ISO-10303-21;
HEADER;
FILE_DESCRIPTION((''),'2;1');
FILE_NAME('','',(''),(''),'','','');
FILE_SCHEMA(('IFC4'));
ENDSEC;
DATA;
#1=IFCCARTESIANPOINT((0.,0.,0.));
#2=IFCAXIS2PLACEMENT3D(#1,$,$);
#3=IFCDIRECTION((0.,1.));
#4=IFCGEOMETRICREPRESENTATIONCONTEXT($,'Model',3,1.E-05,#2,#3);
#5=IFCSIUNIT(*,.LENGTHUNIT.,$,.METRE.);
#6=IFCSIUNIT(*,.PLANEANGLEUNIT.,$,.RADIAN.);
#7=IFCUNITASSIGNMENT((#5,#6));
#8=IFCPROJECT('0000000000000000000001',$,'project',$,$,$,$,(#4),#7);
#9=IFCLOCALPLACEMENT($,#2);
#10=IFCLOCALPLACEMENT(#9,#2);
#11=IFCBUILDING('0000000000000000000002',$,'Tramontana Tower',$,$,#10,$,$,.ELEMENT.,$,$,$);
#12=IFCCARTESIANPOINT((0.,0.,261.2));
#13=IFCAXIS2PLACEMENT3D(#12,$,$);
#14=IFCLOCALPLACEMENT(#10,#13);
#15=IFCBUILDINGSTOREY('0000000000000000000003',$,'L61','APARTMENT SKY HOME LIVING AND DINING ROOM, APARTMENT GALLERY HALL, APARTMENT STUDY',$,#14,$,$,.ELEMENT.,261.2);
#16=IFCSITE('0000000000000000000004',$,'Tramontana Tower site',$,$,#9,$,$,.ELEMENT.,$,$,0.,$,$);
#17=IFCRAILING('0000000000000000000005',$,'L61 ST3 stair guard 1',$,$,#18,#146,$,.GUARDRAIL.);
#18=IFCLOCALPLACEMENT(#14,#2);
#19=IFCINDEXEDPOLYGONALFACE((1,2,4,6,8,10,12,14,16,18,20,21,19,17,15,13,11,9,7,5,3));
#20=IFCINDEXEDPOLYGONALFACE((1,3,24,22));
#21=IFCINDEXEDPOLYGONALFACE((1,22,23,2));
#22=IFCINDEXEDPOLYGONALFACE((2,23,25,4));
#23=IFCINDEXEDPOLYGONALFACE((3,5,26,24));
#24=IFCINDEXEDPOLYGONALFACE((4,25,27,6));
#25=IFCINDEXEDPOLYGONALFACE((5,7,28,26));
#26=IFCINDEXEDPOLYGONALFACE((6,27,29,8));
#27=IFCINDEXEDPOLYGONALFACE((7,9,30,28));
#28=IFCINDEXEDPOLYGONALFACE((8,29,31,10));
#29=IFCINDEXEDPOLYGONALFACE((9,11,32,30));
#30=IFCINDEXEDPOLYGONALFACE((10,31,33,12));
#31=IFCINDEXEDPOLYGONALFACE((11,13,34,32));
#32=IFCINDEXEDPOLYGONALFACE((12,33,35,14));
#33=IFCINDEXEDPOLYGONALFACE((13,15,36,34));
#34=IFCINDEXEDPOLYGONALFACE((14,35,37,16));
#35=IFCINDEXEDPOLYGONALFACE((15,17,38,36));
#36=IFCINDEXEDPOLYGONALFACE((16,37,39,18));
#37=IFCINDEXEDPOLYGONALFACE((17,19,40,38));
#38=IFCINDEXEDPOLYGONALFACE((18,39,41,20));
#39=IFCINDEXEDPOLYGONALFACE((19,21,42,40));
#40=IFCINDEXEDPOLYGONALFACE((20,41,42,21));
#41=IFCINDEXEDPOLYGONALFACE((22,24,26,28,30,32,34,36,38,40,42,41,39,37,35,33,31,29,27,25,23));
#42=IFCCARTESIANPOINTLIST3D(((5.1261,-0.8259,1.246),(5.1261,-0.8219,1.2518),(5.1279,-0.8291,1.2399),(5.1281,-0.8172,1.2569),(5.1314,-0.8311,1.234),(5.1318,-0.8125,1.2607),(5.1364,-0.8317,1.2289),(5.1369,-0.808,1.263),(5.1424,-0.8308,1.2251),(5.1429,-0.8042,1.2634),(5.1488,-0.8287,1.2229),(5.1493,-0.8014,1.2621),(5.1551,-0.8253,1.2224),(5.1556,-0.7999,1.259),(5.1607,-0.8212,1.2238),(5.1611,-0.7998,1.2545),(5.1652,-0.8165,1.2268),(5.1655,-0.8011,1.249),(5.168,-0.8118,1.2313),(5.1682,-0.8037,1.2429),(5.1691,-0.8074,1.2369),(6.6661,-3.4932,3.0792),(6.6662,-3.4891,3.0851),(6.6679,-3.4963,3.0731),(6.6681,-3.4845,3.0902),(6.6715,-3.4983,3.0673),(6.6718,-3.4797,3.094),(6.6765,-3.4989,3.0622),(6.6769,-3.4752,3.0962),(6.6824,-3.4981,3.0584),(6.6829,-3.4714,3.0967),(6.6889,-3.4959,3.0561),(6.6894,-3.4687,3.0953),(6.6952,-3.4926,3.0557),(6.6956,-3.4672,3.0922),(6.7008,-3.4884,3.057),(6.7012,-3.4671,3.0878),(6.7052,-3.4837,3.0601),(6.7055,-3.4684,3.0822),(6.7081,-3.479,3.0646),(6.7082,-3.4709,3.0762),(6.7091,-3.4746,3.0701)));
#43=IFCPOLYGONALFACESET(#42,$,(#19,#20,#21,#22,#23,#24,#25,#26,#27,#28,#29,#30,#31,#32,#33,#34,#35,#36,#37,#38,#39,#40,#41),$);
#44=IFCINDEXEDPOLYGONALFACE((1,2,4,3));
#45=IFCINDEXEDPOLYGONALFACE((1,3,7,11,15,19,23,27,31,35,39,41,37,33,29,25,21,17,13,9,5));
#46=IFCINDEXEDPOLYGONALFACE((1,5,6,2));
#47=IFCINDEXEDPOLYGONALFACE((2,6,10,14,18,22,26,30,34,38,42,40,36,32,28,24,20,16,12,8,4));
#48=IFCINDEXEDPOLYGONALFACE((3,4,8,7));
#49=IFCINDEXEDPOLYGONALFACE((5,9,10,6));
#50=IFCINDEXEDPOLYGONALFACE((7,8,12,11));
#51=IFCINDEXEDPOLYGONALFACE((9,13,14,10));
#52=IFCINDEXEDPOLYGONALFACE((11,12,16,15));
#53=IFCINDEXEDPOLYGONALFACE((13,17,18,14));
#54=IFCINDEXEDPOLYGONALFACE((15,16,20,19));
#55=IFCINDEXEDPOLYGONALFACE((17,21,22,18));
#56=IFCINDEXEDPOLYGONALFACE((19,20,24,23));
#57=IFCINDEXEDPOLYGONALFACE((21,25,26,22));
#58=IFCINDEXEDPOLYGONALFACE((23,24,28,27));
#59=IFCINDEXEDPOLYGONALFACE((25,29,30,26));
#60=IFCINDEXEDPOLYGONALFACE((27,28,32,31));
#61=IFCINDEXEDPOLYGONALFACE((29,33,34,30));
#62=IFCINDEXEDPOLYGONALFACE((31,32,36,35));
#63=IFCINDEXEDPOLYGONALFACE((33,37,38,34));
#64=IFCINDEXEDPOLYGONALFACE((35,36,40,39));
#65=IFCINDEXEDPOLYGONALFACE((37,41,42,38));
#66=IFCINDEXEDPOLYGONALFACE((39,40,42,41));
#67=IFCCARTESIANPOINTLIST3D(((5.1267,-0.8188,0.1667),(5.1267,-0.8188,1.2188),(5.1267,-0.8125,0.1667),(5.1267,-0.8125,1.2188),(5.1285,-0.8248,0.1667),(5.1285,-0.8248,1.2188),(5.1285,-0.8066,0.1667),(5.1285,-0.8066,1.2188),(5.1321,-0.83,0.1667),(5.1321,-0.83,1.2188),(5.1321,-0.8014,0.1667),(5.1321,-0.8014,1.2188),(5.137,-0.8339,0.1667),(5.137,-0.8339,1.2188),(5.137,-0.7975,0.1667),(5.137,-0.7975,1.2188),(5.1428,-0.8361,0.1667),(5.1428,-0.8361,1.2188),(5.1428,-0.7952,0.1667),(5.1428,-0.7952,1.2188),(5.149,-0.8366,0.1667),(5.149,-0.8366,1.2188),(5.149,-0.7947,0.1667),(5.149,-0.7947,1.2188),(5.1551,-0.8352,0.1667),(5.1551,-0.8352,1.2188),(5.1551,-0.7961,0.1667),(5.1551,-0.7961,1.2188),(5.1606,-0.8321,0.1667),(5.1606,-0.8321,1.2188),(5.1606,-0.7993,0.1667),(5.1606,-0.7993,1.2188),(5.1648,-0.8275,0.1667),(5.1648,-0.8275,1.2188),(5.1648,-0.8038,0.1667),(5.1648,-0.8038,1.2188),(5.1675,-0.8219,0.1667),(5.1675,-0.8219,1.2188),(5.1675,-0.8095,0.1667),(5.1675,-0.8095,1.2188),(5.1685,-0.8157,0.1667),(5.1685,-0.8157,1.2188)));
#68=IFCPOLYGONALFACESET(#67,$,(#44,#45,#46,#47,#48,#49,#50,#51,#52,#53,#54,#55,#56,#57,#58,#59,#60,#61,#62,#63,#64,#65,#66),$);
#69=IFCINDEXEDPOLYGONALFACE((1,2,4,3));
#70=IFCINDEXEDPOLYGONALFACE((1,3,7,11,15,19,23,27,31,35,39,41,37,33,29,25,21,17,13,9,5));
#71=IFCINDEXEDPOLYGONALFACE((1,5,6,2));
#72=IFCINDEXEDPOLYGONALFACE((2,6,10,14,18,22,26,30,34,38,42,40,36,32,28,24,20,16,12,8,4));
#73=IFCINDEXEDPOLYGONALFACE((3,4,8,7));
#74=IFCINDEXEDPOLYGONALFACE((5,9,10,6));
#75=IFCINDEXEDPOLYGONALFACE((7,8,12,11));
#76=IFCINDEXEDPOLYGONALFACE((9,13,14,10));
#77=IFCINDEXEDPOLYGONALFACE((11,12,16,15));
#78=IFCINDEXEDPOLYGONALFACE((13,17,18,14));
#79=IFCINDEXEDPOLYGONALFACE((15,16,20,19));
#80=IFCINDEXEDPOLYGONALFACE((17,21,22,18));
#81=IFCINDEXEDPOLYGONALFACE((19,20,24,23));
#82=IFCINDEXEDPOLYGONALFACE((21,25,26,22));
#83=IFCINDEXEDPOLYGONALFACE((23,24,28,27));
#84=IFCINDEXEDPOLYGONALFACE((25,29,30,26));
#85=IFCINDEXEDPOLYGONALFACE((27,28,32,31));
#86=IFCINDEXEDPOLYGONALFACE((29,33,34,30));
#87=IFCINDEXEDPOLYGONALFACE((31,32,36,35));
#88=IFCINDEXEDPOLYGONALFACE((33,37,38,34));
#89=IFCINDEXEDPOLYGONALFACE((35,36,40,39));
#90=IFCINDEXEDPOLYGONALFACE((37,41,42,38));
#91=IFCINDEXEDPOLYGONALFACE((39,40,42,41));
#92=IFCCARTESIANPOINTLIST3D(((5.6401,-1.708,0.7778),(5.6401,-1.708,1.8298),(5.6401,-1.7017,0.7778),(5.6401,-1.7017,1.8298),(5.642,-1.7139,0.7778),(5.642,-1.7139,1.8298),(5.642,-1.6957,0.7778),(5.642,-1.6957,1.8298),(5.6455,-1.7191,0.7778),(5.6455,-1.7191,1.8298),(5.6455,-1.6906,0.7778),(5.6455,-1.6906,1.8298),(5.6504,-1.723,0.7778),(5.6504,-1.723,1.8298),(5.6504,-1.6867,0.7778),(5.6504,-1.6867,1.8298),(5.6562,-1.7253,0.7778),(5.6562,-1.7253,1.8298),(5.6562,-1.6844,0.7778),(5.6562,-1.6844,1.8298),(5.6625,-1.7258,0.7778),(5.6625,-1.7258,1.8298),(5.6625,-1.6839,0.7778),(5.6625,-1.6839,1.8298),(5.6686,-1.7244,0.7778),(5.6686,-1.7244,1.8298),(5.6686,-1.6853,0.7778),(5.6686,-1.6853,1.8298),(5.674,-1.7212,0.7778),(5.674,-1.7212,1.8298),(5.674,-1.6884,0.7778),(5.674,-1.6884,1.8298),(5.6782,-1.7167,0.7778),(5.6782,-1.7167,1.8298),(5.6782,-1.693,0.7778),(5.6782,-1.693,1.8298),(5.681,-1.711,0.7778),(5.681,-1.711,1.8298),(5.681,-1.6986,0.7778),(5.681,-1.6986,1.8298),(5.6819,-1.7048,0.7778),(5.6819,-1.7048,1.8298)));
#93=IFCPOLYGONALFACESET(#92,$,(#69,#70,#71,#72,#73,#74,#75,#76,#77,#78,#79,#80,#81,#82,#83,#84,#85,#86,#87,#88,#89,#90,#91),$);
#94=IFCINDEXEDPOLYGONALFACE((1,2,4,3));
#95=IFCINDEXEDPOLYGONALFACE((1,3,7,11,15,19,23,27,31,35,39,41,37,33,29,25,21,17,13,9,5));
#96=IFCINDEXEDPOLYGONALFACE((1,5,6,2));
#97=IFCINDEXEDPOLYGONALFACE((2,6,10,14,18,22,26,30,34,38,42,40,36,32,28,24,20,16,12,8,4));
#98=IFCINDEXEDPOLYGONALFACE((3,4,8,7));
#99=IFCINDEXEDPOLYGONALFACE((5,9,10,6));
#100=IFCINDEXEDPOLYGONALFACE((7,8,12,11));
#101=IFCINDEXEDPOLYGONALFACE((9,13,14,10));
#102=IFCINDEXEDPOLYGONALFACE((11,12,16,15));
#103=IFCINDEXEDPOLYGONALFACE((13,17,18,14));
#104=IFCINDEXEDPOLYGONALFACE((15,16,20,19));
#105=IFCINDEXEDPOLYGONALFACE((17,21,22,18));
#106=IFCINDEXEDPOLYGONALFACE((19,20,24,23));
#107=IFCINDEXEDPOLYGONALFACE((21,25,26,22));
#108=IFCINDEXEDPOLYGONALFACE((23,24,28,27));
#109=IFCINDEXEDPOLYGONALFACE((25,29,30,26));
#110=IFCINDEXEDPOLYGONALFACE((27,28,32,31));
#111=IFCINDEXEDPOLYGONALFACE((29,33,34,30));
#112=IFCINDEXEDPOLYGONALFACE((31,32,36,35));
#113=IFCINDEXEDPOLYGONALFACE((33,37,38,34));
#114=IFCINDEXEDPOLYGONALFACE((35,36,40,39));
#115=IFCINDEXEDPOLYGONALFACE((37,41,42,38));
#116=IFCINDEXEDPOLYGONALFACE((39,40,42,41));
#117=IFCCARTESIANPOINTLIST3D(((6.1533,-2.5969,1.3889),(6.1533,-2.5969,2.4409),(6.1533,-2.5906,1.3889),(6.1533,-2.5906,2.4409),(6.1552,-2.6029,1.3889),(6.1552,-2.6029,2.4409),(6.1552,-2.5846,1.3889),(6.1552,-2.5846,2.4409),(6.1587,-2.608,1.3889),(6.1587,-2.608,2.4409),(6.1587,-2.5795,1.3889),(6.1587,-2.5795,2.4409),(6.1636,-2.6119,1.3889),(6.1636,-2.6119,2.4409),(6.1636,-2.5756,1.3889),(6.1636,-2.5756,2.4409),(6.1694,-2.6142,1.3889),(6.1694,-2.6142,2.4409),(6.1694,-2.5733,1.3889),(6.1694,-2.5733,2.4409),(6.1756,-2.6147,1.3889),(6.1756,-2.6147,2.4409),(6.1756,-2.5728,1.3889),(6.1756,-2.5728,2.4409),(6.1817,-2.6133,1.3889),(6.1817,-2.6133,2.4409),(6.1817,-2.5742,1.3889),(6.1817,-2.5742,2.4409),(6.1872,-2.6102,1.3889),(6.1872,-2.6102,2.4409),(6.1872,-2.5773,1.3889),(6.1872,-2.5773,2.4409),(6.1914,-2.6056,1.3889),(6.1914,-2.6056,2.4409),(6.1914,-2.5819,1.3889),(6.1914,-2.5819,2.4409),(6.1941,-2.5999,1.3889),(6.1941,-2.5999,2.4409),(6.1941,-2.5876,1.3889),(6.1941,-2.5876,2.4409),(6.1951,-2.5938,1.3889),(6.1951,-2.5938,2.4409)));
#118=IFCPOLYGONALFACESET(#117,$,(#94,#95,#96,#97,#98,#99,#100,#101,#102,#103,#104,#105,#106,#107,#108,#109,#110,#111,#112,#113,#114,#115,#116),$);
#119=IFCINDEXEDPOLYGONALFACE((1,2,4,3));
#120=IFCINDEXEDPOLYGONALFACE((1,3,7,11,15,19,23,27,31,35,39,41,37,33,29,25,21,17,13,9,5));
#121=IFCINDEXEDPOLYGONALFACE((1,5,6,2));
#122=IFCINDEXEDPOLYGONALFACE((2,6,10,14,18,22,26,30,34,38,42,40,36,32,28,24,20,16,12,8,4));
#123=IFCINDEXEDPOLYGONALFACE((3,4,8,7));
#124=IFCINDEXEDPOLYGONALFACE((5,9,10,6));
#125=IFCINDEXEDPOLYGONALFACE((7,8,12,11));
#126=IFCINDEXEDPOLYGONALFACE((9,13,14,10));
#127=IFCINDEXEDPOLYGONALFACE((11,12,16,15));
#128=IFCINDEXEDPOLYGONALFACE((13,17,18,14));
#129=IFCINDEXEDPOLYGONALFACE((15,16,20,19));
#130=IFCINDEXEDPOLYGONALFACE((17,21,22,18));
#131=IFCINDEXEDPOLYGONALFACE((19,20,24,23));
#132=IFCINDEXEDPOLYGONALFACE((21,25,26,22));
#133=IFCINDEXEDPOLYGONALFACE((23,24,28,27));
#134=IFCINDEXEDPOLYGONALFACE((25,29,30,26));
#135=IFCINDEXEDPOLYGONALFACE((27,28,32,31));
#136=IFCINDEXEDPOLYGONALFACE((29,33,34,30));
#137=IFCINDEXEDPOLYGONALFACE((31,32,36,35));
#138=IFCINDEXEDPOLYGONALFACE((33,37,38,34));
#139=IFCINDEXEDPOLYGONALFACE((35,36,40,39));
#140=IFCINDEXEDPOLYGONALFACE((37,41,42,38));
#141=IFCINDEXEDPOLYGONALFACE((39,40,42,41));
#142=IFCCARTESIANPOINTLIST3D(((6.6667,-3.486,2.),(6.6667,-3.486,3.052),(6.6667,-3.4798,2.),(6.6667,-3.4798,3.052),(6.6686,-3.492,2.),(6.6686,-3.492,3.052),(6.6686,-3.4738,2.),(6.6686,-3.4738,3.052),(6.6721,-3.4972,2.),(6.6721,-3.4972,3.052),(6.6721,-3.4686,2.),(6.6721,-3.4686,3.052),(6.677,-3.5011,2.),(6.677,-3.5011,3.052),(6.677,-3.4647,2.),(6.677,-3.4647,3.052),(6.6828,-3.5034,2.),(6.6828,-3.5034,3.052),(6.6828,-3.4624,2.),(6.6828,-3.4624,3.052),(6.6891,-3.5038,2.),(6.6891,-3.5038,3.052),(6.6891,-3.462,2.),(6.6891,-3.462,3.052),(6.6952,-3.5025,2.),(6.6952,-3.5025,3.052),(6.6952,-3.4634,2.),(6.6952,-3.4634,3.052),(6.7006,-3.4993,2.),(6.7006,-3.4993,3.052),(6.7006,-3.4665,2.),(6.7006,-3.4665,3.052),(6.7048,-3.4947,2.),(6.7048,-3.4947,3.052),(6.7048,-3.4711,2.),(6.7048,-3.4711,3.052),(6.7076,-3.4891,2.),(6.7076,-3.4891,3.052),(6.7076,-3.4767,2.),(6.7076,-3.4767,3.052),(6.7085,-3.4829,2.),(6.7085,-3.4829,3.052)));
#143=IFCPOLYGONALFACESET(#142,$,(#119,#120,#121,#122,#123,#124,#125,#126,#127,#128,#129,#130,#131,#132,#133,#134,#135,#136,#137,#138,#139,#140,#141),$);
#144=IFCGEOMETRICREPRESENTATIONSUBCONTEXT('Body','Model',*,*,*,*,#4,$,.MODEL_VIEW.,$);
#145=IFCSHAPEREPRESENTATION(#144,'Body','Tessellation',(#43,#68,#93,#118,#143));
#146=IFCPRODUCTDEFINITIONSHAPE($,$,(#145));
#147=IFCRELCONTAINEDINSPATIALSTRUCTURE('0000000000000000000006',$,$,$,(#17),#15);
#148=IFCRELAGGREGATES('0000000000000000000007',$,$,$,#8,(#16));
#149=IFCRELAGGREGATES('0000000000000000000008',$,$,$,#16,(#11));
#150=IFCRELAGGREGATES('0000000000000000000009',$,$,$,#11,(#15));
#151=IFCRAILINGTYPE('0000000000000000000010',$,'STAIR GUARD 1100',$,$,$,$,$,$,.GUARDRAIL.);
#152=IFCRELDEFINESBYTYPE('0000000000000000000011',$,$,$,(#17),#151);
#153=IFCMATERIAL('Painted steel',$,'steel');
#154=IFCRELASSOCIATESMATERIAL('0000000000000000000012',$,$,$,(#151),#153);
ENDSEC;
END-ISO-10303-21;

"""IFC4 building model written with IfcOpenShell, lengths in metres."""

from ifc_helpers import new_model, si_unit, direction, frame, origin, origin_2d, place, context, subcontext, project, spatial, circle, extrude, material, type_object, element, save


model = new_model("IFC4")

# Units and contexts
model_context = context("Model", 3, precision=1e-05, world=origin(), true_north=direction((0.0, 1.0)))
body_context = subcontext(model_context, "Body", "Model", "MODEL_VIEW")
ifc_project = project(units=[si_unit("LENGTHUNIT", "METRE"), si_unit("PLANEANGLEUNIT", "RADIAN")], contexts=[model_context])

# Site, building, storey
site_placement = place(None, origin())
site = spatial("IfcSite", under=ifc_project, at=site_placement, Name="Tramontana Tower site", CompositionType="ELEMENT", RefElevation=0.0)
building_placement = place(site_placement, origin())
building = spatial("IfcBuilding", under=site, at=building_placement, Name="Tramontana Tower", CompositionType="ELEMENT")
storey_placement = place(building_placement, frame((0.0, 0.0, 261.2)))
storey = spatial("IfcBuildingStorey", under=building, at=storey_placement, Name="L61", Description="APARTMENT SKY HOME LIVING AND DINING ROOM, APARTMENT GALLERY HALL, APARTMENT STUDY", CompositionType="ELEMENT", Elevation=261.2)

# Railing
ifc_material_1 = material(Name="Painted steel", Category="steel")
railing_type_1 = type_object("IfcRailingType", Name="STAIR GUARD 1100", PredefinedType="GUARDRAIL", material=ifc_material_1)
railing_1_placement = place(storey_placement, frame((5.1475, -0.8157, 0.1667)))
element("IfcRailing", 1, at=railing_1_placement, inside=storey, type_object=railing_type_1, Name="L61 ST3 stair guard 1", PredefinedType="GUARDRAIL", context=body_context, shape_type="SweptSolid", body=[
    extrude(circle(Radius=0.0239, at=origin_2d()), frame((0.0, 0.0, 1.0762), z_axis=(0.429671, -0.744159, 0.511478), x_axis=(0.86601, 0.500027, 0.0)), (0.0, 0.0, 1.0), 3.5842),
    extrude(circle(Radius=0.021, at=origin_2d()), origin(), (0.0, 0.0, 1.0), 1.052),
    extrude(circle(Radius=0.021, at=origin_2d()), frame((0.5134, -0.8892, 0.6111)), (0.0, 0.0, 1.0), 1.052),
    extrude(circle(Radius=0.021, at=origin_2d()), frame((1.0266, -1.7781, 1.2222)), (0.0, 0.0, 1.0), 1.052),
    extrude(circle(Radius=0.021, at=origin_2d()), frame((1.54, -2.6672, 1.8333)), (0.0, 0.0, 1.0), 1.052),
])

save(model, "model.ifc")
